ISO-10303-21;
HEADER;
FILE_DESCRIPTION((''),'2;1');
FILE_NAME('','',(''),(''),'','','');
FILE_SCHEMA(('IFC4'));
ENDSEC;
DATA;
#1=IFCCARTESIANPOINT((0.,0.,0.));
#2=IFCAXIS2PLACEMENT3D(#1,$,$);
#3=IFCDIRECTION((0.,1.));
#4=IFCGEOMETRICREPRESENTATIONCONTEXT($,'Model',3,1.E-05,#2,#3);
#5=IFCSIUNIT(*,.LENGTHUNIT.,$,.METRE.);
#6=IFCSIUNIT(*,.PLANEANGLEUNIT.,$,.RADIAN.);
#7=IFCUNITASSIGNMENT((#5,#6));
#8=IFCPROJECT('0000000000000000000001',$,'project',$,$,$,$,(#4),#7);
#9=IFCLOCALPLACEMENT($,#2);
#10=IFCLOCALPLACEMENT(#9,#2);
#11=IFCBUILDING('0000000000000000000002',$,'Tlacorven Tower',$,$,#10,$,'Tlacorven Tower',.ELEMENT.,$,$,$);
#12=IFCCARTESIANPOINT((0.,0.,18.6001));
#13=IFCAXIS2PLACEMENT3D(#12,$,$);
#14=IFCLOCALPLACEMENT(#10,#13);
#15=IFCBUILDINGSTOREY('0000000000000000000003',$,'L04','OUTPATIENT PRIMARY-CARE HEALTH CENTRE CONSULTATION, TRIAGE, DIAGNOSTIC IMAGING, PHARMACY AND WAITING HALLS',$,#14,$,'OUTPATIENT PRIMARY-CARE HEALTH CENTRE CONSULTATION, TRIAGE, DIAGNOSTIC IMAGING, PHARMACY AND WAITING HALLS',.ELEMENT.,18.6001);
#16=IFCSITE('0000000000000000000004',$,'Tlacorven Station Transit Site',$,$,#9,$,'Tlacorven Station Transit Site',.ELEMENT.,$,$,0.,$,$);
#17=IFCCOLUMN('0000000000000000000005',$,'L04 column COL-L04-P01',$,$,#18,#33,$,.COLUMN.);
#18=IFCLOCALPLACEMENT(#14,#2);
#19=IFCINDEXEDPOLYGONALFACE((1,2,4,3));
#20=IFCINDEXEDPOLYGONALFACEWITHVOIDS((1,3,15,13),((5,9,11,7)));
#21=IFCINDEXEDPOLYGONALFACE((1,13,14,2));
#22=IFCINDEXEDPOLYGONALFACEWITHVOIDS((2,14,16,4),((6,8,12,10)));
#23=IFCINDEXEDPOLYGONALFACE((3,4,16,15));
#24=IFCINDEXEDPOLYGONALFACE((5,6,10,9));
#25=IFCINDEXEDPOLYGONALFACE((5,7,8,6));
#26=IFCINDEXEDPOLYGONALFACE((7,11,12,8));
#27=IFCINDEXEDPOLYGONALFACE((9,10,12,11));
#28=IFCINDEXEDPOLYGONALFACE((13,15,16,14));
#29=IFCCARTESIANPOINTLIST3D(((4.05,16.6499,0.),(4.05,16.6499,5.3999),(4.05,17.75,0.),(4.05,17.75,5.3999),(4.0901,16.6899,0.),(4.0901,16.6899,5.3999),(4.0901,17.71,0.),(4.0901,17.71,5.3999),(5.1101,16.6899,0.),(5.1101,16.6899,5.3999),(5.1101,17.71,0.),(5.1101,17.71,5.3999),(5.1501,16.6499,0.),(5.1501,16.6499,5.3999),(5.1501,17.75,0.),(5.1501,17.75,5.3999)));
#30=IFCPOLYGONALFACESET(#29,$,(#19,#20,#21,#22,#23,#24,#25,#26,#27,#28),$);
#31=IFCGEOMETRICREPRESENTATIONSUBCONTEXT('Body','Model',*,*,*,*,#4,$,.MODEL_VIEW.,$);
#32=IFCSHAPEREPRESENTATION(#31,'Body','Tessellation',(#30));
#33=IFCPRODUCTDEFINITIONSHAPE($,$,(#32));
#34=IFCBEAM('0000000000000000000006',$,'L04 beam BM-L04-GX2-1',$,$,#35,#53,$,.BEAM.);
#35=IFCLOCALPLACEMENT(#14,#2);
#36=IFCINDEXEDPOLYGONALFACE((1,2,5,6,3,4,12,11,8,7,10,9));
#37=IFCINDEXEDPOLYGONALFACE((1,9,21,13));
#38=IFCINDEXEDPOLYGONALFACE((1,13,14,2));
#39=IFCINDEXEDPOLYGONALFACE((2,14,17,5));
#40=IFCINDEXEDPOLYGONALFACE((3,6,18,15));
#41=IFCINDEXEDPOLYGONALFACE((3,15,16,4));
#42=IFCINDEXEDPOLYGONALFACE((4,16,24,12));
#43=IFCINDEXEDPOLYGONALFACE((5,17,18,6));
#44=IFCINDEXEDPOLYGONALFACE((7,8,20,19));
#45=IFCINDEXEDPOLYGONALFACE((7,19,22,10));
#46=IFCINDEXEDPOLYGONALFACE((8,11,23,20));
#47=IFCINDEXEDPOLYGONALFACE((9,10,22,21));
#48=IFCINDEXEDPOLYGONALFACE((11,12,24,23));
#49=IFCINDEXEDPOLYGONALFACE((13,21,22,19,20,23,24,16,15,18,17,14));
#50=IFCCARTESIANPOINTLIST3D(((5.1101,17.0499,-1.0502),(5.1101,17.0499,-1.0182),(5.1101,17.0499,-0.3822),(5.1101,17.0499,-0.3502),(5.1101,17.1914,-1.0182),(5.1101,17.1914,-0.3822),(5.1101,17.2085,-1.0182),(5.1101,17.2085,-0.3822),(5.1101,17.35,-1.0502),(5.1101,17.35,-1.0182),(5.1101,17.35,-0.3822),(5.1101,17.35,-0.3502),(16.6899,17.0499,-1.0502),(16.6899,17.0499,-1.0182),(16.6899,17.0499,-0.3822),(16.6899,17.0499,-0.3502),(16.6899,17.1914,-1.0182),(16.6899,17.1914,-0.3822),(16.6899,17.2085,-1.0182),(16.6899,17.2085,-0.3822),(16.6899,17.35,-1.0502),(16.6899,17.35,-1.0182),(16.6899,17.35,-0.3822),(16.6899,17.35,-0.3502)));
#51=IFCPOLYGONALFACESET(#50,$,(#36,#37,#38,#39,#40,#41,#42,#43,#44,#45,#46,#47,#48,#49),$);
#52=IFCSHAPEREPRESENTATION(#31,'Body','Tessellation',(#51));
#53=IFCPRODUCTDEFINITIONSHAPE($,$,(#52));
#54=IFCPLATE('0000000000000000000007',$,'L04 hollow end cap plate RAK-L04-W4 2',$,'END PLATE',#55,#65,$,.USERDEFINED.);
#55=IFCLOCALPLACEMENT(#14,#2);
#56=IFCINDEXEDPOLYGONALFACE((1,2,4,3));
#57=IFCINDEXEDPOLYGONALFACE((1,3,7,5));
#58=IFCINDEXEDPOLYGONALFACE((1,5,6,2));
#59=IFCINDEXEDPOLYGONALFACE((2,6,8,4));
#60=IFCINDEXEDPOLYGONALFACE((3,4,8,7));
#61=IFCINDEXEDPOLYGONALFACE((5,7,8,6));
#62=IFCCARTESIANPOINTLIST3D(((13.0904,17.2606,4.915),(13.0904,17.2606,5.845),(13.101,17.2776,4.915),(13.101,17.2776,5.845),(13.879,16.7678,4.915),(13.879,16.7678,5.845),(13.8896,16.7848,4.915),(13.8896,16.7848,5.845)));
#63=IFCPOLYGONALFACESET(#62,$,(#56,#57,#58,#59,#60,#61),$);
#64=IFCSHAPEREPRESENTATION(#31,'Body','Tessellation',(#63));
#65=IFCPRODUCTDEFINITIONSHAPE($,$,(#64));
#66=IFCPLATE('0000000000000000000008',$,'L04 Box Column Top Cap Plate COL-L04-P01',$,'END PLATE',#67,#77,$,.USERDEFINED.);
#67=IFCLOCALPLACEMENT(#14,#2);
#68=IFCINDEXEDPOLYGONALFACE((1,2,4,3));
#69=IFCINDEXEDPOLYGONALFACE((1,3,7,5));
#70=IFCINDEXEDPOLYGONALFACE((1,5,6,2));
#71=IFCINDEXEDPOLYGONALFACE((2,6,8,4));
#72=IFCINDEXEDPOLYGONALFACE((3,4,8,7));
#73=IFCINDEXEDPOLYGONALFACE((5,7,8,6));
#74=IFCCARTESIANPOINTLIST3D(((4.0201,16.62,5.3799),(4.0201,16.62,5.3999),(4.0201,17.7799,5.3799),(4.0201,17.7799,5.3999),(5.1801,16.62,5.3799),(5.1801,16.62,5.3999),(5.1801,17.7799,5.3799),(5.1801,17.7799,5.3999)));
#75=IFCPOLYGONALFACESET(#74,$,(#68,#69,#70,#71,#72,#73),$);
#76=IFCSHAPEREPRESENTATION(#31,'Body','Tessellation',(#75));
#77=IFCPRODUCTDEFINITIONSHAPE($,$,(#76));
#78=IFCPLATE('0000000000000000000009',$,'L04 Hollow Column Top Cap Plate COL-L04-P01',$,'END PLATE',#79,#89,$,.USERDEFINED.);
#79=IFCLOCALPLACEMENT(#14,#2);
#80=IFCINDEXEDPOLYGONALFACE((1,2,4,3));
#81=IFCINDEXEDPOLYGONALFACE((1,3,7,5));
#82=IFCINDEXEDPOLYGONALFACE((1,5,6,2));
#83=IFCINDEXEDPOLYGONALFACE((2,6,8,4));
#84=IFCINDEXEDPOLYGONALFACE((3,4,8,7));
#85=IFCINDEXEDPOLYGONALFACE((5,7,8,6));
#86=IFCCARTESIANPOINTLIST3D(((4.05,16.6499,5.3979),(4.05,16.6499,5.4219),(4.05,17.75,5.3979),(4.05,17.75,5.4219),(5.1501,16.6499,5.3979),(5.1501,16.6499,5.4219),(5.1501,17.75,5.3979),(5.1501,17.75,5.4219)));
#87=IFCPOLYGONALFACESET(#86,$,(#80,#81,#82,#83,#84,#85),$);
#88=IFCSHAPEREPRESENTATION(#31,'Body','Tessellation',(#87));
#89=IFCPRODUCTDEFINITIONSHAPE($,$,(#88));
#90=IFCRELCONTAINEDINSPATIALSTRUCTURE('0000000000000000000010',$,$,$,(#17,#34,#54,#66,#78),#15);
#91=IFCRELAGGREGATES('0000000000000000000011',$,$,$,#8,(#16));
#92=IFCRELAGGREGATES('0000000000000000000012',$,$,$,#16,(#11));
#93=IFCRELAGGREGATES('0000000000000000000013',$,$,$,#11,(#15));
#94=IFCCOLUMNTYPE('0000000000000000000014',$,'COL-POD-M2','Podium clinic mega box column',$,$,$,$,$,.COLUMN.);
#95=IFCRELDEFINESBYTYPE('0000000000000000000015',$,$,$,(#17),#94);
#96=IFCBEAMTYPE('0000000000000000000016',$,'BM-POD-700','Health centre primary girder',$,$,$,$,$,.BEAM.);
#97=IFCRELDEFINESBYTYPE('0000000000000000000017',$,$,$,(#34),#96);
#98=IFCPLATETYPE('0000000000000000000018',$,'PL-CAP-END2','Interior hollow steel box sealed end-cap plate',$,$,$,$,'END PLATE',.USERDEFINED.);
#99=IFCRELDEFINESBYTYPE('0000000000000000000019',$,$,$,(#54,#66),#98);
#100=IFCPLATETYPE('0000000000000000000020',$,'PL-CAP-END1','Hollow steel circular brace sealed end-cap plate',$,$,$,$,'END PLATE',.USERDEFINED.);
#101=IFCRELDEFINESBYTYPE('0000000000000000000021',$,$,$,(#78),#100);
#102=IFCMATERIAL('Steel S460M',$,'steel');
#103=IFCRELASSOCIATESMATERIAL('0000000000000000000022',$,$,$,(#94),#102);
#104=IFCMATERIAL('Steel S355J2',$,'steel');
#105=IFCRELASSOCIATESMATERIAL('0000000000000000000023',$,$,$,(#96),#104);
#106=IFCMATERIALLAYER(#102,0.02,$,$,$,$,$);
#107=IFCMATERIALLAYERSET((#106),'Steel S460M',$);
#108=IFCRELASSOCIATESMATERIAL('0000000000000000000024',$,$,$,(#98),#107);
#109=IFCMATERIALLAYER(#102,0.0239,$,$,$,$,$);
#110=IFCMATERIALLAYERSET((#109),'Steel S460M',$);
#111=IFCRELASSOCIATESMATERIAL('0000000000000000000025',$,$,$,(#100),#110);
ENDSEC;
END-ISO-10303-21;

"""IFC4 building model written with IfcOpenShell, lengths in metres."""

from ifc_helpers import new_model, si_unit, direction, frame, origin, origin_2d, place, context, subcontext, project, spatial, rectangle, hollow_rectangle, i_section, extrude, source, transform, mapped, material, layer, layer_set, material_profile, profile_set, type_object, element, save


model = new_model("IFC4")

# Units and contexts
model_context = context("Model", 3, precision=1e-05, world=origin(), true_north=direction((0.0, 1.0)))
body_context = subcontext(model_context, "Body", "Model", "MODEL_VIEW")
ifc_project = project(units=[si_unit("LENGTHUNIT", "METRE"), si_unit("PLANEANGLEUNIT", "RADIAN")], contexts=[model_context])

# Site, building, storey
site_placement = place(None, origin())
site = spatial("IfcSite", under=ifc_project, at=site_placement, Name="Tlacorven Station Transit Site", LongName="Tlacorven Station Transit Site", CompositionType="ELEMENT", RefElevation=0.0)
building_placement = place(site_placement, origin())
building = spatial("IfcBuilding", under=site, at=building_placement, Name="Tlacorven Tower", LongName="Tlacorven Tower", CompositionType="ELEMENT")
storey_placement = place(building_placement, frame((0.0, 0.0, 18.6001)))
storey = spatial("IfcBuildingStorey", under=building, at=storey_placement, Name="L04", Description="OUTPATIENT PRIMARY-CARE HEALTH CENTRE CONSULTATION, TRIAGE, DIAGNOSTIC IMAGING, PHARMACY AND WAITING HALLS", LongName="OUTPATIENT PRIMARY-CARE HEALTH CENTRE CONSULTATION, TRIAGE, DIAGNOSTIC IMAGING, PHARMACY AND WAITING HALLS", CompositionType="ELEMENT", Elevation=18.6001)

# Column
ifc_material_1 = material(Name="Steel S460M", Category="steel")
ifc_material_profile_1 = material_profile(ifc_material_1, hollow_rectangle(XDim=1.1001, YDim=1.1001, WallThickness=0.04, at=origin_2d()), Name="BOX 1100X1100X40")
ifc_profile_set_1 = profile_set([ifc_material_profile_1], Name="Steel S460M")
column_type = type_object("IfcColumnType", Name="COL-POD-M2", Description="Podium clinic mega box column", PredefinedType="COLUMN", material=ifc_profile_set_1)
shared_shape_1 = source(origin(), body_context, "Body", "SweptSolid", [
    extrude(hollow_rectangle(XDim=1.1001, YDim=1.1001, WallThickness=0.04, at=origin_2d()), origin(), (0.0, 0.0, 1.0), 5.3999),
])
column_placement = place(storey_placement, frame((4.6001, 17.2, 0.0), z_axis=(0.0, 0.0, 1.0), x_axis=(1.0, 0.0, 0.0)))
element("IfcColumn", 1, at=column_placement, inside=storey, type_object=column_type, Name="L04 column COL-L04-P01", PredefinedType="COLUMN", context=body_context, shape_type="MappedRepresentation", body=[
    mapped(shared_shape_1, transform((0.0, 0.0, 0.0), scale=1.0)),
])

# Beam
ifc_material_2 = material(Name="Steel S355J2", Category="steel")
ifc_material_profile_2 = material_profile(ifc_material_2, i_section(OverallWidth=0.3, OverallDepth=0.7, WebThickness=0.0171, FlangeThickness=0.032, at=origin_2d()), Name="HEB 700")
ifc_profile_set_2 = profile_set([ifc_material_profile_2], Name="Steel S355J2")
beam_type = type_object("IfcBeamType", Name="BM-POD-700", Description="Health centre primary girder", PredefinedType="BEAM", material=ifc_profile_set_2)
shared_shape_2 = source(origin(), body_context, "Body", "SweptSolid", [
    extrude(i_section(OverallWidth=0.3, OverallDepth=0.7, WebThickness=0.0171, FlangeThickness=0.032, at=origin_2d()), origin(), (0.0, 0.0, 1.0), 11.5798),
])
beam_placement = place(storey_placement, frame((5.1101, 17.2, -0.7002), z_axis=(1.0, 0.0, 0.0), x_axis=(0.0, 1.0, 0.0)))
element("IfcBeam", 2, at=beam_placement, inside=storey, type_object=beam_type, Name="L04 beam BM-L04-GX2-1", PredefinedType="BEAM", context=body_context, shape_type="MappedRepresentation", body=[
    mapped(shared_shape_2, transform((0.0, 0.0, 0.0), scale=1.0)),
])

# Plates
ifc_layer_1 = layer(ifc_material_1, 0.02)
ifc_layer_set_1 = layer_set([ifc_layer_1], Name="Steel S460M")
plate_type_1 = type_object("IfcPlateType", Name="PL-CAP-END2", Description="Interior hollow steel box sealed end-cap plate", ElementType="END PLATE", PredefinedType="USERDEFINED", material=ifc_layer_set_1)
shared_shape_3 = source(origin(), body_context, "Body", "SweptSolid", [
    extrude(rectangle(XDim=0.02, YDim=0.9299, at=origin_2d()), origin(), (0.0, 0.0, 1.0), 0.9299),
])
plate_1_placement = place(storey_placement, frame((13.49, 17.0227, 4.915), z_axis=(0.0, 0.0, 1.0), x_axis=(-0.529919, -0.848048, 0.0)))
element("IfcPlate", 3, at=plate_1_placement, inside=storey, type_object=plate_type_1, Name="L04 hollow end cap plate RAK-L04-W4 2", ObjectType="END PLATE", PredefinedType="USERDEFINED", context=body_context, shape_type="MappedRepresentation", body=[
    mapped(shared_shape_3, transform((0.0, 0.0, 0.0), scale=1.0)),
])
shared_shape_4 = source(origin(), body_context, "Body", "SweptSolid", [
    extrude(rectangle(XDim=1.1599, YDim=1.1599, at=origin_2d()), origin(), (0.0, 0.0, 1.0), 0.02),
])
plate_2_placement = place(storey_placement, frame((4.6001, 17.2, 5.3799), z_axis=(0.0, 0.0, 1.0), x_axis=(1.0, 0.0, 0.0)))
element("IfcPlate", 4, at=plate_2_placement, inside=storey, type_object=plate_type_1, Name="L04 Box Column Top Cap Plate COL-L04-P01", ObjectType="END PLATE", PredefinedType="USERDEFINED", context=body_context, shape_type="MappedRepresentation", body=[
    mapped(shared_shape_4, transform((0.0, 0.0, 0.0), scale=1.0)),
])
ifc_layer_2 = layer(ifc_material_1, 0.0239)
ifc_layer_set_2 = layer_set([ifc_layer_2], Name="Steel S460M")
plate_type_2 = type_object("IfcPlateType", Name="PL-CAP-END1", Description="Hollow steel circular brace sealed end-cap plate", ElementType="END PLATE", PredefinedType="USERDEFINED", material=ifc_layer_set_2)
shared_shape_5 = source(origin(), body_context, "Body", "SweptSolid", [
    extrude(rectangle(XDim=1.1001, YDim=1.1001, at=origin_2d()), origin(), (0.0, 0.0, 1.0), 0.0239),
])
plate_3_placement = place(storey_placement, frame((4.6001, 17.2, 5.3979), z_axis=(0.0, 0.0, 1.0), x_axis=(1.0, 0.0, 0.0)))
element("IfcPlate", 5, at=plate_3_placement, inside=storey, type_object=plate_type_2, Name="L04 Hollow Column Top Cap Plate COL-L04-P01", ObjectType="END PLATE", PredefinedType="USERDEFINED", context=body_context, shape_type="MappedRepresentation", body=[
    mapped(shared_shape_5, transform((0.0, 0.0, 0.0), scale=1.0)),
])

save(model, "model.ifc")
